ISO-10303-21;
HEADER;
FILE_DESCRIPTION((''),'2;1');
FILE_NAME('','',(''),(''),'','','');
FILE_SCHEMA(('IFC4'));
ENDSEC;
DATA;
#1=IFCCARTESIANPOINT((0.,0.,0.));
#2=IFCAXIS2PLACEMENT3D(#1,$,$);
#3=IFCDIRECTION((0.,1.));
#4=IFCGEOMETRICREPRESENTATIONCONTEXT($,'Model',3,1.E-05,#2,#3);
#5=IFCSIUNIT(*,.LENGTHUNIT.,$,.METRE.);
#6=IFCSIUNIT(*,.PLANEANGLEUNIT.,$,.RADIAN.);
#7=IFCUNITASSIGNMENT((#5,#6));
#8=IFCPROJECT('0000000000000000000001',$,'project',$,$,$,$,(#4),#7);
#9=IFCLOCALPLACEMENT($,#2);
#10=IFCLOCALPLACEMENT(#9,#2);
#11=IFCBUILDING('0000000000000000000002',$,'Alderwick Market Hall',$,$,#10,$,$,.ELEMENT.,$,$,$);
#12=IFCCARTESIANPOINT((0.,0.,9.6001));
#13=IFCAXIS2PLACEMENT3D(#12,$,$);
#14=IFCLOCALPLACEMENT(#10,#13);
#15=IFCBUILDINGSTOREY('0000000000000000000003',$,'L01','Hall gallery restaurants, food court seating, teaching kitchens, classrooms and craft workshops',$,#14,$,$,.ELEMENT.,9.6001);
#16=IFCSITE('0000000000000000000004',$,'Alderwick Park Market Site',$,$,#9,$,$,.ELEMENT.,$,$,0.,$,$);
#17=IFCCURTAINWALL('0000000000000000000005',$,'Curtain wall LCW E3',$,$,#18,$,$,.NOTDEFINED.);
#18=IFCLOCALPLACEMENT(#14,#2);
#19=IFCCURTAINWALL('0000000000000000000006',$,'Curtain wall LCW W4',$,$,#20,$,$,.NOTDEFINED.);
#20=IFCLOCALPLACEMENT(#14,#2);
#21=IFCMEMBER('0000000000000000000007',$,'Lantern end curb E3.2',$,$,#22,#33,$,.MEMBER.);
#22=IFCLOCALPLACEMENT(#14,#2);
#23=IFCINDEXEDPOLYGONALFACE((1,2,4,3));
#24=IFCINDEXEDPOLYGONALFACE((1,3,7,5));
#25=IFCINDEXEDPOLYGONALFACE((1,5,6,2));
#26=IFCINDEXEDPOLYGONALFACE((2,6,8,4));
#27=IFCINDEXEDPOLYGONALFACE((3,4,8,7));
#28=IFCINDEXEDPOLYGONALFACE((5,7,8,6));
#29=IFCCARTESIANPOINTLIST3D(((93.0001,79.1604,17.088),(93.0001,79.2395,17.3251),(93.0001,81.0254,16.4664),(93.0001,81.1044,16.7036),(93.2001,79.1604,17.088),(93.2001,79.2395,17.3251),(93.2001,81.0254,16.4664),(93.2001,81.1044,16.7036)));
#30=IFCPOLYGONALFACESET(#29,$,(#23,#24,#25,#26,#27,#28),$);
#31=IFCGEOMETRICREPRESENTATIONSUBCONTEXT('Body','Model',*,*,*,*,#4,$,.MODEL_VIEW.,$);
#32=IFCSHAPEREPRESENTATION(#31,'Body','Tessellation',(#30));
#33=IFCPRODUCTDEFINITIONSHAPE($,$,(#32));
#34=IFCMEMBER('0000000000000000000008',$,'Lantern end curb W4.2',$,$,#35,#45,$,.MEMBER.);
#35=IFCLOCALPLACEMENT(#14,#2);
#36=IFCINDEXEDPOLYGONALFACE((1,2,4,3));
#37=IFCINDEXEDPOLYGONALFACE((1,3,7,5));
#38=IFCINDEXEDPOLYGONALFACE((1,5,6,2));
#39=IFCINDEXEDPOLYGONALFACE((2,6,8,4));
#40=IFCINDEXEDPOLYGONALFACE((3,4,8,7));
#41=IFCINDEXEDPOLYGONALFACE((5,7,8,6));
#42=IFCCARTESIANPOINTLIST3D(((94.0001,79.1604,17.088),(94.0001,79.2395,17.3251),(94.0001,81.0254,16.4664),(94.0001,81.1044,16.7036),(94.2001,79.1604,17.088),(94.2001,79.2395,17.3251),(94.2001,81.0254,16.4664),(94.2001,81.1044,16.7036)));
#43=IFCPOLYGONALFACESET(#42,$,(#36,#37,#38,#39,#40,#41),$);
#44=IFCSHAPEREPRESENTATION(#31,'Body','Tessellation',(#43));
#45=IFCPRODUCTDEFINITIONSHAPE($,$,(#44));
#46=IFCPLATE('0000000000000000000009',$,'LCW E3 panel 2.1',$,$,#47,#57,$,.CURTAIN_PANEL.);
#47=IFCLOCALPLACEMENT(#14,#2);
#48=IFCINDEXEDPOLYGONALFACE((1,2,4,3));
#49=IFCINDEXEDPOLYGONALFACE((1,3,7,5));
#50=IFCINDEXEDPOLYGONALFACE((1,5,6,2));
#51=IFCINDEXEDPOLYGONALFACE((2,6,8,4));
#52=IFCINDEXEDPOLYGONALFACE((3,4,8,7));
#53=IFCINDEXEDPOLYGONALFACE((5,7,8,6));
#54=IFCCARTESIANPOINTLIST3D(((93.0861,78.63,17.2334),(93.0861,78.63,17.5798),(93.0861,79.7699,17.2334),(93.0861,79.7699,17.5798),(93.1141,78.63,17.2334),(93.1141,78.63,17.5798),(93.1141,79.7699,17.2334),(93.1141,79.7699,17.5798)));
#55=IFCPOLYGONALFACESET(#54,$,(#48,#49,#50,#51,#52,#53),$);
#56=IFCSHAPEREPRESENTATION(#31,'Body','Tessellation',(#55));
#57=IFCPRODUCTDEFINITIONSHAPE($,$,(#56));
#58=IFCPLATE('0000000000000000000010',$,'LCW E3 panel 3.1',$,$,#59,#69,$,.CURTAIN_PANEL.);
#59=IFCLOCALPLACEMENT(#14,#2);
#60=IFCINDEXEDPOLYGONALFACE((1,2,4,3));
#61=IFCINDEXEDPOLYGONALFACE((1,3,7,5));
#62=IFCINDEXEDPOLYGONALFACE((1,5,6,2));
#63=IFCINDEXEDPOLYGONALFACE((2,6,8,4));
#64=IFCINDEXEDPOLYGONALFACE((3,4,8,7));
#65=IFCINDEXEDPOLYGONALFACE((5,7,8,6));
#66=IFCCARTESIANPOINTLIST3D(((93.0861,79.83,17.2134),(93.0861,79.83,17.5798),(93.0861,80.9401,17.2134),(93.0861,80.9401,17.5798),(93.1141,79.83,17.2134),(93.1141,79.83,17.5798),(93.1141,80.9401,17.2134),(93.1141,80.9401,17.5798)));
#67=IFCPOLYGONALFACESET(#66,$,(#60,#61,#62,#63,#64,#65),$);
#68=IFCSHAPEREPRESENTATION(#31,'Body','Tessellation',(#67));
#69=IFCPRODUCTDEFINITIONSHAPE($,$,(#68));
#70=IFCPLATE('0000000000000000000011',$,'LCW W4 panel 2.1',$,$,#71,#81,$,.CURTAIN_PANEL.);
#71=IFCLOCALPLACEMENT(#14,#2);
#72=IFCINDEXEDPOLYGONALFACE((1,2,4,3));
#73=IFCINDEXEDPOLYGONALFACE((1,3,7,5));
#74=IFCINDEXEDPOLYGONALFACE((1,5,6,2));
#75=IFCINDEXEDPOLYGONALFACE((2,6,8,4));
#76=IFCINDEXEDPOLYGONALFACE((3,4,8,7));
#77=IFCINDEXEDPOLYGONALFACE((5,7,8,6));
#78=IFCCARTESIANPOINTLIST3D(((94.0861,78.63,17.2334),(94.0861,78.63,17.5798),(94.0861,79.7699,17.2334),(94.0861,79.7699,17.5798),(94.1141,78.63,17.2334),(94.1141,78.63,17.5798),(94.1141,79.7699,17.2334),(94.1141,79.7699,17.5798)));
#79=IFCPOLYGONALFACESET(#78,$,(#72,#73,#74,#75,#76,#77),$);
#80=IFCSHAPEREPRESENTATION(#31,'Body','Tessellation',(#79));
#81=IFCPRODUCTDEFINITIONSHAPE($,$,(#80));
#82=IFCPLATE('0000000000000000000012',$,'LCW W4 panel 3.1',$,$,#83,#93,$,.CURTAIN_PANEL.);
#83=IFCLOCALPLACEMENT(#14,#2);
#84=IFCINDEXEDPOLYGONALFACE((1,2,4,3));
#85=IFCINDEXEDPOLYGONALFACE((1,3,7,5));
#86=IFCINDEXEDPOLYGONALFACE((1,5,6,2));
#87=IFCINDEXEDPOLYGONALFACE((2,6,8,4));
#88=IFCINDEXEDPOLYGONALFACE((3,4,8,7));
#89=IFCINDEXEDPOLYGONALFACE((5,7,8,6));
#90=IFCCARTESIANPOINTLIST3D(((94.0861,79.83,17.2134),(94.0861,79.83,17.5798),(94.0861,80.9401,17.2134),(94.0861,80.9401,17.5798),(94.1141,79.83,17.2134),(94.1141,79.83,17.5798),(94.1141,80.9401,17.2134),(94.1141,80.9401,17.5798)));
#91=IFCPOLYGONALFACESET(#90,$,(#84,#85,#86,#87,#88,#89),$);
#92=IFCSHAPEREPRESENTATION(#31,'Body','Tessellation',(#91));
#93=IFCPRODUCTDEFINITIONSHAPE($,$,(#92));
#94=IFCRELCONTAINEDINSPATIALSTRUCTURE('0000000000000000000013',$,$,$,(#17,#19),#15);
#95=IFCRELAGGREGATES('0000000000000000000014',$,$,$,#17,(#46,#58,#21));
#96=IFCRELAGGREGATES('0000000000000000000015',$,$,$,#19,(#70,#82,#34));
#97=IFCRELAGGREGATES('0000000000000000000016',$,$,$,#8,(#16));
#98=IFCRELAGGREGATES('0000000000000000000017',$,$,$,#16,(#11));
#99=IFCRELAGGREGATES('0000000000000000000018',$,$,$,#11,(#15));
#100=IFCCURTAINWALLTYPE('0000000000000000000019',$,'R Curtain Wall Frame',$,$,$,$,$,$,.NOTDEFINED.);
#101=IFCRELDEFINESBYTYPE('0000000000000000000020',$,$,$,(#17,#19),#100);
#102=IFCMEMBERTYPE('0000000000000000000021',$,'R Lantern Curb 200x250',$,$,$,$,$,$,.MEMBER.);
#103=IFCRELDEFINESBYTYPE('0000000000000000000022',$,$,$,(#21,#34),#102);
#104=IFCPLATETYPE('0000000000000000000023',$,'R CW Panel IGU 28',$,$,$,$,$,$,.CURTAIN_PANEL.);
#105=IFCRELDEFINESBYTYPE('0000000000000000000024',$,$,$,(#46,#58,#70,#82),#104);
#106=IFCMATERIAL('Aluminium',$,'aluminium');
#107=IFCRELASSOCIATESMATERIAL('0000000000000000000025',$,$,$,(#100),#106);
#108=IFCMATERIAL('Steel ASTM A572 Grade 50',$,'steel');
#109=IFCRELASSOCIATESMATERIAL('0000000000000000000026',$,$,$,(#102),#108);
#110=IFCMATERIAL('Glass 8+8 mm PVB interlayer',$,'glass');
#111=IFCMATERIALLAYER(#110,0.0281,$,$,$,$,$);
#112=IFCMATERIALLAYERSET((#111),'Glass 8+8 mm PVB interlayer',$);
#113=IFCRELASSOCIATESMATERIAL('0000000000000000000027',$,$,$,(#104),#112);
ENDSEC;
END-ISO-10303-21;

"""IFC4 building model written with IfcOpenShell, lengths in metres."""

from ifc_helpers import new_model, si_unit, direction, frame, origin, origin_2d, place, context, subcontext, project, spatial, rectangle, extrude, material, layer, layer_set, material_profile, profile_set, type_object, element, aggregate, save


model = new_model("IFC4")

# Units and contexts
model_context = context("Model", 3, precision=1e-05, world=origin(), true_north=direction((0.0, 1.0)))
body_context = subcontext(model_context, "Body", "Model", "MODEL_VIEW")
ifc_project = project(units=[si_unit("LENGTHUNIT", "METRE"), si_unit("PLANEANGLEUNIT", "RADIAN")], contexts=[model_context])

# Site, building, storey
site_placement = place(None, origin())
site = spatial("IfcSite", under=ifc_project, at=site_placement, Name="Alderwick Park Market Site", CompositionType="ELEMENT", RefElevation=0.0)
building_placement = place(site_placement, origin())
building = spatial("IfcBuilding", under=site, at=building_placement, Name="Alderwick Market Hall", CompositionType="ELEMENT")
storey_placement = place(building_placement, frame((0.0, 0.0, 9.6001)))
storey = spatial("IfcBuildingStorey", under=building, at=storey_placement, Name="L01", Description="Hall gallery restaurants, food court seating, teaching kitchens, classrooms and craft workshops", CompositionType="ELEMENT", Elevation=9.6001)

# Curtain walls
ifc_material_1 = material(Name="Aluminium", Category="aluminium")
curtain_wall_type = type_object("IfcCurtainWallType", Name="R Curtain Wall Frame", PredefinedType="NOTDEFINED", material=ifc_material_1)
curtain_wall_1_placement = place(storey_placement, origin())
curtain_wall_1 = element("IfcCurtainWall", 1, at=curtain_wall_1_placement, inside=storey, type_object=curtain_wall_type, Name="Curtain wall LCW E3", PredefinedType="NOTDEFINED")
curtain_wall_2_placement = place(storey_placement, origin())
curtain_wall_2 = element("IfcCurtainWall", 2, at=curtain_wall_2_placement, inside=storey, type_object=curtain_wall_type, Name="Curtain wall LCW W4", PredefinedType="NOTDEFINED")

# Members
ifc_material_2 = material(Name="Steel ASTM A572 Grade 50", Category="steel")
ifc_material_profile_1 = material_profile(ifc_material_2, rectangle(XDim=0.2, YDim=0.25, at=origin_2d()), Name="Steel plate curb 200x250")
ifc_profile_set_1 = profile_set([ifc_material_profile_1], Name="Steel ASTM A572 Grade 50")
member_type_1 = type_object("IfcMemberType", Name="R Lantern Curb 200x250", PredefinedType="MEMBER", material=ifc_profile_set_1)
member_1_placement = place(storey_placement, frame((93.1001, 79.2, 17.2065), z_axis=(0.0, 0.948696, -0.316191), x_axis=(-1.0, 0.0, 0.0)))
member_1 = element("IfcMember", 3, at=member_1_placement, type_object=member_type_1, Name="Lantern end curb E3.2", PredefinedType="MEMBER", context=body_context, shape_type="SweptSolid", body=[
    extrude(rectangle(XDim=0.2, YDim=0.25, at=origin_2d()), origin(), (0.0, 0.0, 1.0), 1.9658),
])
member_2_placement = place(storey_placement, frame((94.1001, 79.2, 17.2065), z_axis=(0.0, 0.948696, -0.316191), x_axis=(-1.0, 0.0, 0.0)))
member_2 = element("IfcMember", 4, at=member_2_placement, type_object=member_type_1, Name="Lantern end curb W4.2", PredefinedType="MEMBER", context=body_context, shape_type="SweptSolid", body=[
    extrude(rectangle(XDim=0.2, YDim=0.25, at=origin_2d()), origin(), (0.0, 0.0, 1.0), 1.9658),
])

# Plates
ifc_material_3 = material(Name="Glass 8+8 mm PVB interlayer", Category="glass")
ifc_layer = layer(ifc_material_3, 0.0281)
ifc_layer_set = layer_set([ifc_layer], Name="Glass 8+8 mm PVB interlayer")
plate_type = type_object("IfcPlateType", Name="R CW Panel IGU 28", PredefinedType="CURTAIN_PANEL", material=ifc_layer_set)
plate_1_placement = place(storey_placement, frame((93.1001, 79.2, 17.2334), z_axis=(0.0, 0.0, 1.0), x_axis=(1.0, 0.0, 0.0)))
plate_1 = element("IfcPlate", 5, at=plate_1_placement, type_object=plate_type, Name="LCW E3 panel 2.1", PredefinedType="CURTAIN_PANEL", context=body_context, shape_type="SweptSolid", body=[
    extrude(rectangle(XDim=0.0281, YDim=1.1399, at=origin_2d()), origin(), (0.0, 0.0, 1.0), 0.3464),
])
plate_2_placement = place(storey_placement, frame((93.1001, 80.385, 17.2134), z_axis=(0.0, 0.0, 1.0), x_axis=(1.0, 0.0, 0.0)))
plate_2 = element("IfcPlate", 6, at=plate_2_placement, type_object=plate_type, Name="LCW E3 panel 3.1", PredefinedType="CURTAIN_PANEL", context=body_context, shape_type="SweptSolid", body=[
    extrude(rectangle(XDim=0.0281, YDim=1.1101, at=origin_2d()), origin(), (0.0, 0.0, 1.0), 0.3665),
])
aggregate(curtain_wall_1, [plate_1, plate_2, member_1])
plate_3_placement = place(storey_placement, frame((94.1001, 79.2, 17.2334), z_axis=(0.0, 0.0, 1.0), x_axis=(1.0, 0.0, 0.0)))
plate_3 = element("IfcPlate", 7, at=plate_3_placement, type_object=plate_type, Name="LCW W4 panel 2.1", PredefinedType="CURTAIN_PANEL", context=body_context, shape_type="SweptSolid", body=[
    extrude(rectangle(XDim=0.0281, YDim=1.1399, at=origin_2d()), origin(), (0.0, 0.0, 1.0), 0.3464),
])
plate_4_placement = place(storey_placement, frame((94.1001, 80.385, 17.2134), z_axis=(0.0, 0.0, 1.0), x_axis=(1.0, 0.0, 0.0)))
plate_4 = element("IfcPlate", 8, at=plate_4_placement, type_object=plate_type, Name="LCW W4 panel 3.1", PredefinedType="CURTAIN_PANEL", context=body_context, shape_type="SweptSolid", body=[
    extrude(rectangle(XDim=0.0281, YDim=1.1101, at=origin_2d()), origin(), (0.0, 0.0, 1.0), 0.3665),
])
aggregate(curtain_wall_2, [plate_3, plate_4, member_2])

save(model, "model.ifc")
